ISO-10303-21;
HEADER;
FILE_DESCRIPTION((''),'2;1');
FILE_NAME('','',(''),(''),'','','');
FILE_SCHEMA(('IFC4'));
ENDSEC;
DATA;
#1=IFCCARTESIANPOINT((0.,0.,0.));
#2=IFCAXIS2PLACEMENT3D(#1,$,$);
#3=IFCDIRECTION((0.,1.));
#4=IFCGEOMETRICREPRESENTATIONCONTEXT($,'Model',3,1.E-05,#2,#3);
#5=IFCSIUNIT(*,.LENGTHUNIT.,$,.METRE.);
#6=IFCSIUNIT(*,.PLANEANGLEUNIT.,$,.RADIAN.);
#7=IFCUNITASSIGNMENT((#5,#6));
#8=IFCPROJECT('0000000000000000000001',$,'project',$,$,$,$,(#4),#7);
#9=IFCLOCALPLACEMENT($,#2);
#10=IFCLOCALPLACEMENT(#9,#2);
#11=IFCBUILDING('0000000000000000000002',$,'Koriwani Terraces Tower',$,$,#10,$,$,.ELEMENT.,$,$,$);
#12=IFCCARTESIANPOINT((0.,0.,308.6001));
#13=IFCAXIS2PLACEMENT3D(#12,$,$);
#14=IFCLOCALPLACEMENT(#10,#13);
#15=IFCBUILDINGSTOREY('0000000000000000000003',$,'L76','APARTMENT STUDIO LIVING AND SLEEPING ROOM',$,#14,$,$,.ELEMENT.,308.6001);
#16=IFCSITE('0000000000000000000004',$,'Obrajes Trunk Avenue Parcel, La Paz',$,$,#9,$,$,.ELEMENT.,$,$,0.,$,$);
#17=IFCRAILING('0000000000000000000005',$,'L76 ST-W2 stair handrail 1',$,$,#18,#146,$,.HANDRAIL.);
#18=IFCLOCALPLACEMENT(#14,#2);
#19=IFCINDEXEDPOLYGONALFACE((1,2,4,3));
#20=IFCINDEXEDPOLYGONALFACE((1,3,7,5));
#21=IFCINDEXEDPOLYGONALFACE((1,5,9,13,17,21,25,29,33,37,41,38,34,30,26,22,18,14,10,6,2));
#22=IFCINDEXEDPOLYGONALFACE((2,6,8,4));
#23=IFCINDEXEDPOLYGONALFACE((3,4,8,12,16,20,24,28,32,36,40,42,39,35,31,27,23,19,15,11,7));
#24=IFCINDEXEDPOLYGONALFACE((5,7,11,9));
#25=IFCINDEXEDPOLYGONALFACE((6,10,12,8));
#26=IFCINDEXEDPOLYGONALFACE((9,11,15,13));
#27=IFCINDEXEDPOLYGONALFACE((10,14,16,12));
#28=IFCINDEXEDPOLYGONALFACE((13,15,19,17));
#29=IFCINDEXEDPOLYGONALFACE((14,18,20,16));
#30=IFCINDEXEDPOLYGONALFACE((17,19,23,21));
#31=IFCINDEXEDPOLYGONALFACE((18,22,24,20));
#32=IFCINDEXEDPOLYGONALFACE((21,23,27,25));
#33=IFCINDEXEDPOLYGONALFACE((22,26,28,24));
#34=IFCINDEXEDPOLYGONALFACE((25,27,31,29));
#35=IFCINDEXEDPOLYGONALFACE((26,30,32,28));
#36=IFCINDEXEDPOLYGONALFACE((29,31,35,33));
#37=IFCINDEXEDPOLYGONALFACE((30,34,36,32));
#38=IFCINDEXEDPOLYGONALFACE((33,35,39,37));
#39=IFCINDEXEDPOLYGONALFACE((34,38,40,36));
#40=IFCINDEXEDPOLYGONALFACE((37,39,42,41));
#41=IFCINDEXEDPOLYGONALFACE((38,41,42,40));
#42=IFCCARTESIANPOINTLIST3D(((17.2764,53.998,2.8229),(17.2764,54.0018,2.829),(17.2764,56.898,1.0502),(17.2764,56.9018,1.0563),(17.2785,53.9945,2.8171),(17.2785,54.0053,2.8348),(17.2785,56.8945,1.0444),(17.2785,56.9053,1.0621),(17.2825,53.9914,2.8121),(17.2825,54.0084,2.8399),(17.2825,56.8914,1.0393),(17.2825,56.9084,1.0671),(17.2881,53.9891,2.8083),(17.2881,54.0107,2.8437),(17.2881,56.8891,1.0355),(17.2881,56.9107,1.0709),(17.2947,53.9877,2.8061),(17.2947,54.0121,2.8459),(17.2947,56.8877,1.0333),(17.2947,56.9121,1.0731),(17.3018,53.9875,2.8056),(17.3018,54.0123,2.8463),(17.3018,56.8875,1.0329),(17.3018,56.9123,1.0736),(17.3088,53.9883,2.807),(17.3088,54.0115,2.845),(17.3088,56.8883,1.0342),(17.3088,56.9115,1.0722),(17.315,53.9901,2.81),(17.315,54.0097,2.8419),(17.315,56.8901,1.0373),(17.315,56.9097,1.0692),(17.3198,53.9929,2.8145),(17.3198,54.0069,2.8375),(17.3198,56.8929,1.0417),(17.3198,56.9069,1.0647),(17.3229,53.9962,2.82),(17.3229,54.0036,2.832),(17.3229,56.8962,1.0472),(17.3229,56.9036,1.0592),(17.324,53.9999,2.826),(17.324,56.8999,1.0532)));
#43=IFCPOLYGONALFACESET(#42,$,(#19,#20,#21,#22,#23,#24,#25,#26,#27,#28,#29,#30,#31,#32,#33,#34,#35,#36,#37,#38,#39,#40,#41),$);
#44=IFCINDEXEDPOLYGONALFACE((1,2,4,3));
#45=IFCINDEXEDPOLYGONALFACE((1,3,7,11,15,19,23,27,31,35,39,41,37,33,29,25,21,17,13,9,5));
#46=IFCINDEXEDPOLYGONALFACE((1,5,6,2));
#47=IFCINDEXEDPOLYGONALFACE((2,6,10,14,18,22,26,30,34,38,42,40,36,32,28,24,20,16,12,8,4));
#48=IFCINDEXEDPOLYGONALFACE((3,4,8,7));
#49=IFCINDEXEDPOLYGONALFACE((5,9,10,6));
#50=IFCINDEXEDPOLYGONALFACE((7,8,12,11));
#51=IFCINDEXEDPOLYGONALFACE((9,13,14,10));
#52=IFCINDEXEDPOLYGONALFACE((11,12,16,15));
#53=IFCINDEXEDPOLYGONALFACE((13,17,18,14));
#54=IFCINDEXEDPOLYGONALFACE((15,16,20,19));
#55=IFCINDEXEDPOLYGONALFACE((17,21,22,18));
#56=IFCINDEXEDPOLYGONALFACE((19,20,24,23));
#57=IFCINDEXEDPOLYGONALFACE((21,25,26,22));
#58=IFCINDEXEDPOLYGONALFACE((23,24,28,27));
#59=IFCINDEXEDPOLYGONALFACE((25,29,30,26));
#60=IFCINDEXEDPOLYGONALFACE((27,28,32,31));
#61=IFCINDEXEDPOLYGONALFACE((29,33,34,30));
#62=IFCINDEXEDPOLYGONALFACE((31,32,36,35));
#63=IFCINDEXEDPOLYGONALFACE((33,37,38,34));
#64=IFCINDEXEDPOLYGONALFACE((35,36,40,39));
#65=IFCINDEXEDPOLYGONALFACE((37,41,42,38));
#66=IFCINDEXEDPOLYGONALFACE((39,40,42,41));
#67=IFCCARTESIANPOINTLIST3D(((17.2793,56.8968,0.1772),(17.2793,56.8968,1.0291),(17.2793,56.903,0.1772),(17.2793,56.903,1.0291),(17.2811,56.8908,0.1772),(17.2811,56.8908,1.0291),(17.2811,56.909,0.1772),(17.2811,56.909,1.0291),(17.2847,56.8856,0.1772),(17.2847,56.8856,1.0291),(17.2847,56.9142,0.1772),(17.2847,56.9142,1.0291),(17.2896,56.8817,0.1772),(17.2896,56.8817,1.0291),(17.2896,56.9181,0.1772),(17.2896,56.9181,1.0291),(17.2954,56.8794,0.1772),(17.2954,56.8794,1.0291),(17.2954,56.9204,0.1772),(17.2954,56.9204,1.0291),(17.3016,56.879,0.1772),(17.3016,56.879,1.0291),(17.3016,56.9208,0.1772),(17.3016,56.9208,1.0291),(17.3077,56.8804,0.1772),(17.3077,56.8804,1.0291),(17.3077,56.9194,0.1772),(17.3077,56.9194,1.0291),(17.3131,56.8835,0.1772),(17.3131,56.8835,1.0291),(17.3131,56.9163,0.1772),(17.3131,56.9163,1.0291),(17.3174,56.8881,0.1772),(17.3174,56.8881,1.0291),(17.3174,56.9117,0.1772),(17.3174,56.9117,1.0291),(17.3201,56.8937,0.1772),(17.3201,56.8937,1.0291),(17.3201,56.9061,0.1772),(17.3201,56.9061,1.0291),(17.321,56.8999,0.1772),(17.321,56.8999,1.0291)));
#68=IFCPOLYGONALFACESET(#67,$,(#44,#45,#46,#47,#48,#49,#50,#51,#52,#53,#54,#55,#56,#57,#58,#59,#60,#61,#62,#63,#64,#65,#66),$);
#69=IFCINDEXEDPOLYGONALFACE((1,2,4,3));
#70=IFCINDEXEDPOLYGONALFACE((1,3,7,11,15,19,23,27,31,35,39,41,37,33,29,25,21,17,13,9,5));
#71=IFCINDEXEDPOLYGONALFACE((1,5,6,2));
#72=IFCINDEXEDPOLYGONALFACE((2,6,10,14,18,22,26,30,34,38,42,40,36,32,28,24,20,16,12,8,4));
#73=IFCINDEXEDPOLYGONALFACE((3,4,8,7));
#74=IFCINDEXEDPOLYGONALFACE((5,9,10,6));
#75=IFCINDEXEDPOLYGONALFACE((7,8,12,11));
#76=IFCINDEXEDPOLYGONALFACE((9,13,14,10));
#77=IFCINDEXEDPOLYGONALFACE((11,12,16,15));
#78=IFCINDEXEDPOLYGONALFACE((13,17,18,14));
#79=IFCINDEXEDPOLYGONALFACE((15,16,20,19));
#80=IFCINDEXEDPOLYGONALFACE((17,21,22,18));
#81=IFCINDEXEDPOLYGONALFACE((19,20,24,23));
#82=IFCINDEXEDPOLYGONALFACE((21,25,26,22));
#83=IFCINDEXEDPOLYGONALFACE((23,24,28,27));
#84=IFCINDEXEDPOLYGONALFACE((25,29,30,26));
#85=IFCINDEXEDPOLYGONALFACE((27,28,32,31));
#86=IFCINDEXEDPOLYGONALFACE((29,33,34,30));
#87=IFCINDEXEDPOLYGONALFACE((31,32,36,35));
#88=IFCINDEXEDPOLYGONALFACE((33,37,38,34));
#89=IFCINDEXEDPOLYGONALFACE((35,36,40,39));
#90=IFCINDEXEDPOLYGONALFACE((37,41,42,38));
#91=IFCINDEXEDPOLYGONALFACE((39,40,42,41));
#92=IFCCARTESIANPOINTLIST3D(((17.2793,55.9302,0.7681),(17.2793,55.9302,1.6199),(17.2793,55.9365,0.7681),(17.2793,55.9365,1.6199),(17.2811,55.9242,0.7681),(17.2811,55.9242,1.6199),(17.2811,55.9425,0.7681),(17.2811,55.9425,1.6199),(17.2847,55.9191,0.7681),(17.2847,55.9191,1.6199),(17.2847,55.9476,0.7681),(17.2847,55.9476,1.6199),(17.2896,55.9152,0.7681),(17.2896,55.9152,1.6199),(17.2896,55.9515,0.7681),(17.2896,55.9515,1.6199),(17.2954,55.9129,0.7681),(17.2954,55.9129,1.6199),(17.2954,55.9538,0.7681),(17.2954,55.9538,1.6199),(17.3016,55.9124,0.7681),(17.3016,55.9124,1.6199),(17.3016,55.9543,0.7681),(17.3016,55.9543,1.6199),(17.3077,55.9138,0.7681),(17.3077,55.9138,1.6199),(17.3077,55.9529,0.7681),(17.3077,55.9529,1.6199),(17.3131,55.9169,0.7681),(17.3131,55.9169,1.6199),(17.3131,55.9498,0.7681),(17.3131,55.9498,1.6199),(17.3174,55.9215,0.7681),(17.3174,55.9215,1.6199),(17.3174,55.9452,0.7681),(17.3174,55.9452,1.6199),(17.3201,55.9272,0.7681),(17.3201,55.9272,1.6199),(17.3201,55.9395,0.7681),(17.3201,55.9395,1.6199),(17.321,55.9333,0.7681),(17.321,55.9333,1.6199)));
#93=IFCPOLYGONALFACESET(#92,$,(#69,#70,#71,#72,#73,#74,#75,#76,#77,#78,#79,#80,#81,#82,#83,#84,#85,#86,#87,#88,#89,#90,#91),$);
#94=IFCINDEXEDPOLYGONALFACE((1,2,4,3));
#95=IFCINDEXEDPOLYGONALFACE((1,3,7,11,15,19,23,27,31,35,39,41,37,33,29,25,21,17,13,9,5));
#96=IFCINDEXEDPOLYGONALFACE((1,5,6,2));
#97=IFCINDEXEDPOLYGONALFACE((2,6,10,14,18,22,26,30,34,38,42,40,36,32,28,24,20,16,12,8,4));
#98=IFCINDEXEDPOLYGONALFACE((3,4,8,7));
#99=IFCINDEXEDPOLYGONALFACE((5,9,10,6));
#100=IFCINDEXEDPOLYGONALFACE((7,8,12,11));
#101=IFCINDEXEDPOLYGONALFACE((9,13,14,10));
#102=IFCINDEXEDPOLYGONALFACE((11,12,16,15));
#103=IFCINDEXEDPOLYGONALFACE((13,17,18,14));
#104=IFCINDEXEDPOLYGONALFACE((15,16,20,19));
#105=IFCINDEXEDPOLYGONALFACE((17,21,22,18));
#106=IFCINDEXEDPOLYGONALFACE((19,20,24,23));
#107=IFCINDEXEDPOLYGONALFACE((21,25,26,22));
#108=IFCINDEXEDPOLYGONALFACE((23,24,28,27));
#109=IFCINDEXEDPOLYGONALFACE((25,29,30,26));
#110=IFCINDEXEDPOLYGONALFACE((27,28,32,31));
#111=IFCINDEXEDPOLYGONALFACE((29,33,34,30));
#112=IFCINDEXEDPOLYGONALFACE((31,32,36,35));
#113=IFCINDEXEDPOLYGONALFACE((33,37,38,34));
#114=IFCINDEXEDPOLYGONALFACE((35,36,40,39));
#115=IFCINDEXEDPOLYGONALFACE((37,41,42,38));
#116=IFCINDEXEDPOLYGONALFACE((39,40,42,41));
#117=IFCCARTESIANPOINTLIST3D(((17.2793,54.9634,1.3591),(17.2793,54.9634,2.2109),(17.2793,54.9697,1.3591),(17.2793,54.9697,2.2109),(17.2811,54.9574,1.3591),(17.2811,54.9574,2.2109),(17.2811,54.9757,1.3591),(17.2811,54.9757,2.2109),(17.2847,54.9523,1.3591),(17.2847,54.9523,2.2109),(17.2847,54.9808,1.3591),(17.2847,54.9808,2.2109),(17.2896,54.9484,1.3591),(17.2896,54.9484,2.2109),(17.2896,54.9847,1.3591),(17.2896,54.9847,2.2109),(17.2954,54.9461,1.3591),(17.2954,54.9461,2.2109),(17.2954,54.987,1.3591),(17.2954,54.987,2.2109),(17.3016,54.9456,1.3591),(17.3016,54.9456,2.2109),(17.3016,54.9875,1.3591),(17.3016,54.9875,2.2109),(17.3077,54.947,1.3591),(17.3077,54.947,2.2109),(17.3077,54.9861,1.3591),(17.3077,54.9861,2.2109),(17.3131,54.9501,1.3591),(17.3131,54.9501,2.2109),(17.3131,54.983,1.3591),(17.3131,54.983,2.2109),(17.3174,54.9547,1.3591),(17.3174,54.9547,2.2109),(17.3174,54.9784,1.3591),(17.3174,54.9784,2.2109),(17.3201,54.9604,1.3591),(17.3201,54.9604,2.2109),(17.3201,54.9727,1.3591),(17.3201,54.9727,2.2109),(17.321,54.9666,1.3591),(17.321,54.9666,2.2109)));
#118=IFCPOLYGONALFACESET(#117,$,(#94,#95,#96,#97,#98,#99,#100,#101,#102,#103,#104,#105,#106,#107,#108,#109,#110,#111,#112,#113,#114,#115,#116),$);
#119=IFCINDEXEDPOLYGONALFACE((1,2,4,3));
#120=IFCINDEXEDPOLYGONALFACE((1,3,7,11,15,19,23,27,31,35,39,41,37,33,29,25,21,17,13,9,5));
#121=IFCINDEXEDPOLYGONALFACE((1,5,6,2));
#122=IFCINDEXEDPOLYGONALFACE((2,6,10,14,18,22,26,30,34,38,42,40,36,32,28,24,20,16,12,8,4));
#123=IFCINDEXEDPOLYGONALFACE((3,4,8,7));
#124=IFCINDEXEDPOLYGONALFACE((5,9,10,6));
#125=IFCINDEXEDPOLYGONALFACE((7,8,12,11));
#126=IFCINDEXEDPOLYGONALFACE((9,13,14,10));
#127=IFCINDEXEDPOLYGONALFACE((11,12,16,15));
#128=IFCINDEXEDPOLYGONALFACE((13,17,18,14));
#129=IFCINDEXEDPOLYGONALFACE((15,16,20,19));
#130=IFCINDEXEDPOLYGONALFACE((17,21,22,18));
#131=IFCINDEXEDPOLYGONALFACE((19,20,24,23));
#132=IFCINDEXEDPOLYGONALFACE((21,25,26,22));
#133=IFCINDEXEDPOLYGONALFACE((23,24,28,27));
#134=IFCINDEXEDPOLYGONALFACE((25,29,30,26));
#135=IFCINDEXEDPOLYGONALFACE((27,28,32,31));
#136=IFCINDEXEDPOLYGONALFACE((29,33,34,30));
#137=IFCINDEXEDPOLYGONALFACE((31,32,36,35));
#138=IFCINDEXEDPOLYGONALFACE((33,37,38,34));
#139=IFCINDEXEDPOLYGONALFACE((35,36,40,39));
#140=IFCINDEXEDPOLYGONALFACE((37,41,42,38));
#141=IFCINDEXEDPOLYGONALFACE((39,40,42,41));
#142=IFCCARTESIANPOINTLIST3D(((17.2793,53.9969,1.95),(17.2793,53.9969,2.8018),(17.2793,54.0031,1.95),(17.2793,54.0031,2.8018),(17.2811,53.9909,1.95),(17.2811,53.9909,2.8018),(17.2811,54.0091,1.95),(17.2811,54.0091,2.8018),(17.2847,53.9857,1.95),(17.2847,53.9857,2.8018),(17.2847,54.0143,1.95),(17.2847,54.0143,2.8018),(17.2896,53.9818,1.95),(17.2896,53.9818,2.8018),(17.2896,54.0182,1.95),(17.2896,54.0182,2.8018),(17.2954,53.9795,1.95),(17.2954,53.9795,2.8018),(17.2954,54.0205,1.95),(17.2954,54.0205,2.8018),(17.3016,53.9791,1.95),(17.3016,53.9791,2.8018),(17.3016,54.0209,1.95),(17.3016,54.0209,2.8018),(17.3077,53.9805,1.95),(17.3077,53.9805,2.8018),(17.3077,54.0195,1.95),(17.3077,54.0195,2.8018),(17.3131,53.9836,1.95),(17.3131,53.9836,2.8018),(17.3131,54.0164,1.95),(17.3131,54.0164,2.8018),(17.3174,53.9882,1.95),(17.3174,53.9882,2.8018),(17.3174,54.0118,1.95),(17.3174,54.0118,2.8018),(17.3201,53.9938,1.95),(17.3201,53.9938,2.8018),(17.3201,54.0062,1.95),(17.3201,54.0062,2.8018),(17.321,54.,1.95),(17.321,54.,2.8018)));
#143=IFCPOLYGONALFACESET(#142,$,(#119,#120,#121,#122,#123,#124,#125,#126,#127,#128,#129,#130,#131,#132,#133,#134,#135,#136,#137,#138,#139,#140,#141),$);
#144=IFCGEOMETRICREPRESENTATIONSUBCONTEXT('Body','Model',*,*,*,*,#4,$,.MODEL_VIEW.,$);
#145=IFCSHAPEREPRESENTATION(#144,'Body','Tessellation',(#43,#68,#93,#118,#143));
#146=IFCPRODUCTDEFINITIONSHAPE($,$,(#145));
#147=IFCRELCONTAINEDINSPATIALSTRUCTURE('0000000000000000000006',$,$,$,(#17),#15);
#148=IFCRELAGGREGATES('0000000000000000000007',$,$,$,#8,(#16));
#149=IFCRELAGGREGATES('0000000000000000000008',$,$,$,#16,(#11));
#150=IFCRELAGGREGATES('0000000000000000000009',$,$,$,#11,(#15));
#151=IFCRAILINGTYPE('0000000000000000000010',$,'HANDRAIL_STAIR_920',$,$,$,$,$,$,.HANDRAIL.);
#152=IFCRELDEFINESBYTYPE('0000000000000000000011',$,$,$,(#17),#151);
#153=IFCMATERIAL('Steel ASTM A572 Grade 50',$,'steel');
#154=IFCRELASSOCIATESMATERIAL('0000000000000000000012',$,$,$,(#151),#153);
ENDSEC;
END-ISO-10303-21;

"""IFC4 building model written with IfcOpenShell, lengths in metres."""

from ifc_helpers import new_model, si_unit, direction, frame, origin, origin_2d, place, context, subcontext, project, spatial, circle, extrude, material, type_object, element, save


model = new_model("IFC4")

# Units and contexts
model_context = context("Model", 3, precision=1e-05, world=origin(), true_north=direction((0.0, 1.0)))
body_context = subcontext(model_context, "Body", "Model", "MODEL_VIEW")
ifc_project = project(units=[si_unit("LENGTHUNIT", "METRE"), si_unit("PLANEANGLEUNIT", "RADIAN")], contexts=[model_context])

# Site, building, storey
site_placement = place(None, origin())
site = spatial("IfcSite", under=ifc_project, at=site_placement, Name="Obrajes Trunk Avenue Parcel, La Paz", CompositionType="ELEMENT", RefElevation=0.0)
building_placement = place(site_placement, origin())
building = spatial("IfcBuilding", under=site, at=building_placement, Name="Koriwani Terraces Tower", CompositionType="ELEMENT")
storey_placement = place(building_placement, frame((0.0, 0.0, 308.6001)))
storey = spatial("IfcBuildingStorey", under=building, at=storey_placement, Name="L76", Description="APARTMENT STUDIO LIVING AND SLEEPING ROOM", CompositionType="ELEMENT", Elevation=308.6001)

# Shared definitions
ifc_material_1 = material(Name="Steel ASTM A572 Grade 50", Category="steel")

# Railing
railing_type_1 = type_object("IfcRailingType", Name="HANDRAIL_STAIR_920", PredefinedType="HANDRAIL", material=ifc_material_1)
railing_1_placement = place(storey_placement, frame((17.3, 56.8999, 0.1772)))
element("IfcRailing", 1, at=railing_1_placement, inside=storey, type_object=railing_type_1, Name="L76 ST-W2 stair handrail 1", PredefinedType="HANDRAIL", context=body_context, shape_type="SweptSolid", body=[
    extrude(circle(Radius=0.0239, at=origin_2d()), frame((0.0, 0.0, 0.876), z_axis=(0.0, -0.853211, 0.521566), x_axis=(1.0, 0.0, 0.0)), (0.0, 0.0, 1.0), 3.3989),
    extrude(circle(Radius=0.021, at=origin_2d()), origin(), (0.0, 0.0, 1.0), 0.8518),
    extrude(circle(Radius=0.021, at=origin_2d()), frame((0.0, -0.9666, 0.5908)), (0.0, 0.0, 1.0), 0.8518),
    extrude(circle(Radius=0.021, at=origin_2d()), frame((0.0, -1.9333, 1.1819)), (0.0, 0.0, 1.0), 0.8518),
    extrude(circle(Radius=0.021, at=origin_2d()), frame((0.0, -2.8999, 1.7727)), (0.0, 0.0, 1.0), 0.8518),
])

save(model, "model.ifc")
